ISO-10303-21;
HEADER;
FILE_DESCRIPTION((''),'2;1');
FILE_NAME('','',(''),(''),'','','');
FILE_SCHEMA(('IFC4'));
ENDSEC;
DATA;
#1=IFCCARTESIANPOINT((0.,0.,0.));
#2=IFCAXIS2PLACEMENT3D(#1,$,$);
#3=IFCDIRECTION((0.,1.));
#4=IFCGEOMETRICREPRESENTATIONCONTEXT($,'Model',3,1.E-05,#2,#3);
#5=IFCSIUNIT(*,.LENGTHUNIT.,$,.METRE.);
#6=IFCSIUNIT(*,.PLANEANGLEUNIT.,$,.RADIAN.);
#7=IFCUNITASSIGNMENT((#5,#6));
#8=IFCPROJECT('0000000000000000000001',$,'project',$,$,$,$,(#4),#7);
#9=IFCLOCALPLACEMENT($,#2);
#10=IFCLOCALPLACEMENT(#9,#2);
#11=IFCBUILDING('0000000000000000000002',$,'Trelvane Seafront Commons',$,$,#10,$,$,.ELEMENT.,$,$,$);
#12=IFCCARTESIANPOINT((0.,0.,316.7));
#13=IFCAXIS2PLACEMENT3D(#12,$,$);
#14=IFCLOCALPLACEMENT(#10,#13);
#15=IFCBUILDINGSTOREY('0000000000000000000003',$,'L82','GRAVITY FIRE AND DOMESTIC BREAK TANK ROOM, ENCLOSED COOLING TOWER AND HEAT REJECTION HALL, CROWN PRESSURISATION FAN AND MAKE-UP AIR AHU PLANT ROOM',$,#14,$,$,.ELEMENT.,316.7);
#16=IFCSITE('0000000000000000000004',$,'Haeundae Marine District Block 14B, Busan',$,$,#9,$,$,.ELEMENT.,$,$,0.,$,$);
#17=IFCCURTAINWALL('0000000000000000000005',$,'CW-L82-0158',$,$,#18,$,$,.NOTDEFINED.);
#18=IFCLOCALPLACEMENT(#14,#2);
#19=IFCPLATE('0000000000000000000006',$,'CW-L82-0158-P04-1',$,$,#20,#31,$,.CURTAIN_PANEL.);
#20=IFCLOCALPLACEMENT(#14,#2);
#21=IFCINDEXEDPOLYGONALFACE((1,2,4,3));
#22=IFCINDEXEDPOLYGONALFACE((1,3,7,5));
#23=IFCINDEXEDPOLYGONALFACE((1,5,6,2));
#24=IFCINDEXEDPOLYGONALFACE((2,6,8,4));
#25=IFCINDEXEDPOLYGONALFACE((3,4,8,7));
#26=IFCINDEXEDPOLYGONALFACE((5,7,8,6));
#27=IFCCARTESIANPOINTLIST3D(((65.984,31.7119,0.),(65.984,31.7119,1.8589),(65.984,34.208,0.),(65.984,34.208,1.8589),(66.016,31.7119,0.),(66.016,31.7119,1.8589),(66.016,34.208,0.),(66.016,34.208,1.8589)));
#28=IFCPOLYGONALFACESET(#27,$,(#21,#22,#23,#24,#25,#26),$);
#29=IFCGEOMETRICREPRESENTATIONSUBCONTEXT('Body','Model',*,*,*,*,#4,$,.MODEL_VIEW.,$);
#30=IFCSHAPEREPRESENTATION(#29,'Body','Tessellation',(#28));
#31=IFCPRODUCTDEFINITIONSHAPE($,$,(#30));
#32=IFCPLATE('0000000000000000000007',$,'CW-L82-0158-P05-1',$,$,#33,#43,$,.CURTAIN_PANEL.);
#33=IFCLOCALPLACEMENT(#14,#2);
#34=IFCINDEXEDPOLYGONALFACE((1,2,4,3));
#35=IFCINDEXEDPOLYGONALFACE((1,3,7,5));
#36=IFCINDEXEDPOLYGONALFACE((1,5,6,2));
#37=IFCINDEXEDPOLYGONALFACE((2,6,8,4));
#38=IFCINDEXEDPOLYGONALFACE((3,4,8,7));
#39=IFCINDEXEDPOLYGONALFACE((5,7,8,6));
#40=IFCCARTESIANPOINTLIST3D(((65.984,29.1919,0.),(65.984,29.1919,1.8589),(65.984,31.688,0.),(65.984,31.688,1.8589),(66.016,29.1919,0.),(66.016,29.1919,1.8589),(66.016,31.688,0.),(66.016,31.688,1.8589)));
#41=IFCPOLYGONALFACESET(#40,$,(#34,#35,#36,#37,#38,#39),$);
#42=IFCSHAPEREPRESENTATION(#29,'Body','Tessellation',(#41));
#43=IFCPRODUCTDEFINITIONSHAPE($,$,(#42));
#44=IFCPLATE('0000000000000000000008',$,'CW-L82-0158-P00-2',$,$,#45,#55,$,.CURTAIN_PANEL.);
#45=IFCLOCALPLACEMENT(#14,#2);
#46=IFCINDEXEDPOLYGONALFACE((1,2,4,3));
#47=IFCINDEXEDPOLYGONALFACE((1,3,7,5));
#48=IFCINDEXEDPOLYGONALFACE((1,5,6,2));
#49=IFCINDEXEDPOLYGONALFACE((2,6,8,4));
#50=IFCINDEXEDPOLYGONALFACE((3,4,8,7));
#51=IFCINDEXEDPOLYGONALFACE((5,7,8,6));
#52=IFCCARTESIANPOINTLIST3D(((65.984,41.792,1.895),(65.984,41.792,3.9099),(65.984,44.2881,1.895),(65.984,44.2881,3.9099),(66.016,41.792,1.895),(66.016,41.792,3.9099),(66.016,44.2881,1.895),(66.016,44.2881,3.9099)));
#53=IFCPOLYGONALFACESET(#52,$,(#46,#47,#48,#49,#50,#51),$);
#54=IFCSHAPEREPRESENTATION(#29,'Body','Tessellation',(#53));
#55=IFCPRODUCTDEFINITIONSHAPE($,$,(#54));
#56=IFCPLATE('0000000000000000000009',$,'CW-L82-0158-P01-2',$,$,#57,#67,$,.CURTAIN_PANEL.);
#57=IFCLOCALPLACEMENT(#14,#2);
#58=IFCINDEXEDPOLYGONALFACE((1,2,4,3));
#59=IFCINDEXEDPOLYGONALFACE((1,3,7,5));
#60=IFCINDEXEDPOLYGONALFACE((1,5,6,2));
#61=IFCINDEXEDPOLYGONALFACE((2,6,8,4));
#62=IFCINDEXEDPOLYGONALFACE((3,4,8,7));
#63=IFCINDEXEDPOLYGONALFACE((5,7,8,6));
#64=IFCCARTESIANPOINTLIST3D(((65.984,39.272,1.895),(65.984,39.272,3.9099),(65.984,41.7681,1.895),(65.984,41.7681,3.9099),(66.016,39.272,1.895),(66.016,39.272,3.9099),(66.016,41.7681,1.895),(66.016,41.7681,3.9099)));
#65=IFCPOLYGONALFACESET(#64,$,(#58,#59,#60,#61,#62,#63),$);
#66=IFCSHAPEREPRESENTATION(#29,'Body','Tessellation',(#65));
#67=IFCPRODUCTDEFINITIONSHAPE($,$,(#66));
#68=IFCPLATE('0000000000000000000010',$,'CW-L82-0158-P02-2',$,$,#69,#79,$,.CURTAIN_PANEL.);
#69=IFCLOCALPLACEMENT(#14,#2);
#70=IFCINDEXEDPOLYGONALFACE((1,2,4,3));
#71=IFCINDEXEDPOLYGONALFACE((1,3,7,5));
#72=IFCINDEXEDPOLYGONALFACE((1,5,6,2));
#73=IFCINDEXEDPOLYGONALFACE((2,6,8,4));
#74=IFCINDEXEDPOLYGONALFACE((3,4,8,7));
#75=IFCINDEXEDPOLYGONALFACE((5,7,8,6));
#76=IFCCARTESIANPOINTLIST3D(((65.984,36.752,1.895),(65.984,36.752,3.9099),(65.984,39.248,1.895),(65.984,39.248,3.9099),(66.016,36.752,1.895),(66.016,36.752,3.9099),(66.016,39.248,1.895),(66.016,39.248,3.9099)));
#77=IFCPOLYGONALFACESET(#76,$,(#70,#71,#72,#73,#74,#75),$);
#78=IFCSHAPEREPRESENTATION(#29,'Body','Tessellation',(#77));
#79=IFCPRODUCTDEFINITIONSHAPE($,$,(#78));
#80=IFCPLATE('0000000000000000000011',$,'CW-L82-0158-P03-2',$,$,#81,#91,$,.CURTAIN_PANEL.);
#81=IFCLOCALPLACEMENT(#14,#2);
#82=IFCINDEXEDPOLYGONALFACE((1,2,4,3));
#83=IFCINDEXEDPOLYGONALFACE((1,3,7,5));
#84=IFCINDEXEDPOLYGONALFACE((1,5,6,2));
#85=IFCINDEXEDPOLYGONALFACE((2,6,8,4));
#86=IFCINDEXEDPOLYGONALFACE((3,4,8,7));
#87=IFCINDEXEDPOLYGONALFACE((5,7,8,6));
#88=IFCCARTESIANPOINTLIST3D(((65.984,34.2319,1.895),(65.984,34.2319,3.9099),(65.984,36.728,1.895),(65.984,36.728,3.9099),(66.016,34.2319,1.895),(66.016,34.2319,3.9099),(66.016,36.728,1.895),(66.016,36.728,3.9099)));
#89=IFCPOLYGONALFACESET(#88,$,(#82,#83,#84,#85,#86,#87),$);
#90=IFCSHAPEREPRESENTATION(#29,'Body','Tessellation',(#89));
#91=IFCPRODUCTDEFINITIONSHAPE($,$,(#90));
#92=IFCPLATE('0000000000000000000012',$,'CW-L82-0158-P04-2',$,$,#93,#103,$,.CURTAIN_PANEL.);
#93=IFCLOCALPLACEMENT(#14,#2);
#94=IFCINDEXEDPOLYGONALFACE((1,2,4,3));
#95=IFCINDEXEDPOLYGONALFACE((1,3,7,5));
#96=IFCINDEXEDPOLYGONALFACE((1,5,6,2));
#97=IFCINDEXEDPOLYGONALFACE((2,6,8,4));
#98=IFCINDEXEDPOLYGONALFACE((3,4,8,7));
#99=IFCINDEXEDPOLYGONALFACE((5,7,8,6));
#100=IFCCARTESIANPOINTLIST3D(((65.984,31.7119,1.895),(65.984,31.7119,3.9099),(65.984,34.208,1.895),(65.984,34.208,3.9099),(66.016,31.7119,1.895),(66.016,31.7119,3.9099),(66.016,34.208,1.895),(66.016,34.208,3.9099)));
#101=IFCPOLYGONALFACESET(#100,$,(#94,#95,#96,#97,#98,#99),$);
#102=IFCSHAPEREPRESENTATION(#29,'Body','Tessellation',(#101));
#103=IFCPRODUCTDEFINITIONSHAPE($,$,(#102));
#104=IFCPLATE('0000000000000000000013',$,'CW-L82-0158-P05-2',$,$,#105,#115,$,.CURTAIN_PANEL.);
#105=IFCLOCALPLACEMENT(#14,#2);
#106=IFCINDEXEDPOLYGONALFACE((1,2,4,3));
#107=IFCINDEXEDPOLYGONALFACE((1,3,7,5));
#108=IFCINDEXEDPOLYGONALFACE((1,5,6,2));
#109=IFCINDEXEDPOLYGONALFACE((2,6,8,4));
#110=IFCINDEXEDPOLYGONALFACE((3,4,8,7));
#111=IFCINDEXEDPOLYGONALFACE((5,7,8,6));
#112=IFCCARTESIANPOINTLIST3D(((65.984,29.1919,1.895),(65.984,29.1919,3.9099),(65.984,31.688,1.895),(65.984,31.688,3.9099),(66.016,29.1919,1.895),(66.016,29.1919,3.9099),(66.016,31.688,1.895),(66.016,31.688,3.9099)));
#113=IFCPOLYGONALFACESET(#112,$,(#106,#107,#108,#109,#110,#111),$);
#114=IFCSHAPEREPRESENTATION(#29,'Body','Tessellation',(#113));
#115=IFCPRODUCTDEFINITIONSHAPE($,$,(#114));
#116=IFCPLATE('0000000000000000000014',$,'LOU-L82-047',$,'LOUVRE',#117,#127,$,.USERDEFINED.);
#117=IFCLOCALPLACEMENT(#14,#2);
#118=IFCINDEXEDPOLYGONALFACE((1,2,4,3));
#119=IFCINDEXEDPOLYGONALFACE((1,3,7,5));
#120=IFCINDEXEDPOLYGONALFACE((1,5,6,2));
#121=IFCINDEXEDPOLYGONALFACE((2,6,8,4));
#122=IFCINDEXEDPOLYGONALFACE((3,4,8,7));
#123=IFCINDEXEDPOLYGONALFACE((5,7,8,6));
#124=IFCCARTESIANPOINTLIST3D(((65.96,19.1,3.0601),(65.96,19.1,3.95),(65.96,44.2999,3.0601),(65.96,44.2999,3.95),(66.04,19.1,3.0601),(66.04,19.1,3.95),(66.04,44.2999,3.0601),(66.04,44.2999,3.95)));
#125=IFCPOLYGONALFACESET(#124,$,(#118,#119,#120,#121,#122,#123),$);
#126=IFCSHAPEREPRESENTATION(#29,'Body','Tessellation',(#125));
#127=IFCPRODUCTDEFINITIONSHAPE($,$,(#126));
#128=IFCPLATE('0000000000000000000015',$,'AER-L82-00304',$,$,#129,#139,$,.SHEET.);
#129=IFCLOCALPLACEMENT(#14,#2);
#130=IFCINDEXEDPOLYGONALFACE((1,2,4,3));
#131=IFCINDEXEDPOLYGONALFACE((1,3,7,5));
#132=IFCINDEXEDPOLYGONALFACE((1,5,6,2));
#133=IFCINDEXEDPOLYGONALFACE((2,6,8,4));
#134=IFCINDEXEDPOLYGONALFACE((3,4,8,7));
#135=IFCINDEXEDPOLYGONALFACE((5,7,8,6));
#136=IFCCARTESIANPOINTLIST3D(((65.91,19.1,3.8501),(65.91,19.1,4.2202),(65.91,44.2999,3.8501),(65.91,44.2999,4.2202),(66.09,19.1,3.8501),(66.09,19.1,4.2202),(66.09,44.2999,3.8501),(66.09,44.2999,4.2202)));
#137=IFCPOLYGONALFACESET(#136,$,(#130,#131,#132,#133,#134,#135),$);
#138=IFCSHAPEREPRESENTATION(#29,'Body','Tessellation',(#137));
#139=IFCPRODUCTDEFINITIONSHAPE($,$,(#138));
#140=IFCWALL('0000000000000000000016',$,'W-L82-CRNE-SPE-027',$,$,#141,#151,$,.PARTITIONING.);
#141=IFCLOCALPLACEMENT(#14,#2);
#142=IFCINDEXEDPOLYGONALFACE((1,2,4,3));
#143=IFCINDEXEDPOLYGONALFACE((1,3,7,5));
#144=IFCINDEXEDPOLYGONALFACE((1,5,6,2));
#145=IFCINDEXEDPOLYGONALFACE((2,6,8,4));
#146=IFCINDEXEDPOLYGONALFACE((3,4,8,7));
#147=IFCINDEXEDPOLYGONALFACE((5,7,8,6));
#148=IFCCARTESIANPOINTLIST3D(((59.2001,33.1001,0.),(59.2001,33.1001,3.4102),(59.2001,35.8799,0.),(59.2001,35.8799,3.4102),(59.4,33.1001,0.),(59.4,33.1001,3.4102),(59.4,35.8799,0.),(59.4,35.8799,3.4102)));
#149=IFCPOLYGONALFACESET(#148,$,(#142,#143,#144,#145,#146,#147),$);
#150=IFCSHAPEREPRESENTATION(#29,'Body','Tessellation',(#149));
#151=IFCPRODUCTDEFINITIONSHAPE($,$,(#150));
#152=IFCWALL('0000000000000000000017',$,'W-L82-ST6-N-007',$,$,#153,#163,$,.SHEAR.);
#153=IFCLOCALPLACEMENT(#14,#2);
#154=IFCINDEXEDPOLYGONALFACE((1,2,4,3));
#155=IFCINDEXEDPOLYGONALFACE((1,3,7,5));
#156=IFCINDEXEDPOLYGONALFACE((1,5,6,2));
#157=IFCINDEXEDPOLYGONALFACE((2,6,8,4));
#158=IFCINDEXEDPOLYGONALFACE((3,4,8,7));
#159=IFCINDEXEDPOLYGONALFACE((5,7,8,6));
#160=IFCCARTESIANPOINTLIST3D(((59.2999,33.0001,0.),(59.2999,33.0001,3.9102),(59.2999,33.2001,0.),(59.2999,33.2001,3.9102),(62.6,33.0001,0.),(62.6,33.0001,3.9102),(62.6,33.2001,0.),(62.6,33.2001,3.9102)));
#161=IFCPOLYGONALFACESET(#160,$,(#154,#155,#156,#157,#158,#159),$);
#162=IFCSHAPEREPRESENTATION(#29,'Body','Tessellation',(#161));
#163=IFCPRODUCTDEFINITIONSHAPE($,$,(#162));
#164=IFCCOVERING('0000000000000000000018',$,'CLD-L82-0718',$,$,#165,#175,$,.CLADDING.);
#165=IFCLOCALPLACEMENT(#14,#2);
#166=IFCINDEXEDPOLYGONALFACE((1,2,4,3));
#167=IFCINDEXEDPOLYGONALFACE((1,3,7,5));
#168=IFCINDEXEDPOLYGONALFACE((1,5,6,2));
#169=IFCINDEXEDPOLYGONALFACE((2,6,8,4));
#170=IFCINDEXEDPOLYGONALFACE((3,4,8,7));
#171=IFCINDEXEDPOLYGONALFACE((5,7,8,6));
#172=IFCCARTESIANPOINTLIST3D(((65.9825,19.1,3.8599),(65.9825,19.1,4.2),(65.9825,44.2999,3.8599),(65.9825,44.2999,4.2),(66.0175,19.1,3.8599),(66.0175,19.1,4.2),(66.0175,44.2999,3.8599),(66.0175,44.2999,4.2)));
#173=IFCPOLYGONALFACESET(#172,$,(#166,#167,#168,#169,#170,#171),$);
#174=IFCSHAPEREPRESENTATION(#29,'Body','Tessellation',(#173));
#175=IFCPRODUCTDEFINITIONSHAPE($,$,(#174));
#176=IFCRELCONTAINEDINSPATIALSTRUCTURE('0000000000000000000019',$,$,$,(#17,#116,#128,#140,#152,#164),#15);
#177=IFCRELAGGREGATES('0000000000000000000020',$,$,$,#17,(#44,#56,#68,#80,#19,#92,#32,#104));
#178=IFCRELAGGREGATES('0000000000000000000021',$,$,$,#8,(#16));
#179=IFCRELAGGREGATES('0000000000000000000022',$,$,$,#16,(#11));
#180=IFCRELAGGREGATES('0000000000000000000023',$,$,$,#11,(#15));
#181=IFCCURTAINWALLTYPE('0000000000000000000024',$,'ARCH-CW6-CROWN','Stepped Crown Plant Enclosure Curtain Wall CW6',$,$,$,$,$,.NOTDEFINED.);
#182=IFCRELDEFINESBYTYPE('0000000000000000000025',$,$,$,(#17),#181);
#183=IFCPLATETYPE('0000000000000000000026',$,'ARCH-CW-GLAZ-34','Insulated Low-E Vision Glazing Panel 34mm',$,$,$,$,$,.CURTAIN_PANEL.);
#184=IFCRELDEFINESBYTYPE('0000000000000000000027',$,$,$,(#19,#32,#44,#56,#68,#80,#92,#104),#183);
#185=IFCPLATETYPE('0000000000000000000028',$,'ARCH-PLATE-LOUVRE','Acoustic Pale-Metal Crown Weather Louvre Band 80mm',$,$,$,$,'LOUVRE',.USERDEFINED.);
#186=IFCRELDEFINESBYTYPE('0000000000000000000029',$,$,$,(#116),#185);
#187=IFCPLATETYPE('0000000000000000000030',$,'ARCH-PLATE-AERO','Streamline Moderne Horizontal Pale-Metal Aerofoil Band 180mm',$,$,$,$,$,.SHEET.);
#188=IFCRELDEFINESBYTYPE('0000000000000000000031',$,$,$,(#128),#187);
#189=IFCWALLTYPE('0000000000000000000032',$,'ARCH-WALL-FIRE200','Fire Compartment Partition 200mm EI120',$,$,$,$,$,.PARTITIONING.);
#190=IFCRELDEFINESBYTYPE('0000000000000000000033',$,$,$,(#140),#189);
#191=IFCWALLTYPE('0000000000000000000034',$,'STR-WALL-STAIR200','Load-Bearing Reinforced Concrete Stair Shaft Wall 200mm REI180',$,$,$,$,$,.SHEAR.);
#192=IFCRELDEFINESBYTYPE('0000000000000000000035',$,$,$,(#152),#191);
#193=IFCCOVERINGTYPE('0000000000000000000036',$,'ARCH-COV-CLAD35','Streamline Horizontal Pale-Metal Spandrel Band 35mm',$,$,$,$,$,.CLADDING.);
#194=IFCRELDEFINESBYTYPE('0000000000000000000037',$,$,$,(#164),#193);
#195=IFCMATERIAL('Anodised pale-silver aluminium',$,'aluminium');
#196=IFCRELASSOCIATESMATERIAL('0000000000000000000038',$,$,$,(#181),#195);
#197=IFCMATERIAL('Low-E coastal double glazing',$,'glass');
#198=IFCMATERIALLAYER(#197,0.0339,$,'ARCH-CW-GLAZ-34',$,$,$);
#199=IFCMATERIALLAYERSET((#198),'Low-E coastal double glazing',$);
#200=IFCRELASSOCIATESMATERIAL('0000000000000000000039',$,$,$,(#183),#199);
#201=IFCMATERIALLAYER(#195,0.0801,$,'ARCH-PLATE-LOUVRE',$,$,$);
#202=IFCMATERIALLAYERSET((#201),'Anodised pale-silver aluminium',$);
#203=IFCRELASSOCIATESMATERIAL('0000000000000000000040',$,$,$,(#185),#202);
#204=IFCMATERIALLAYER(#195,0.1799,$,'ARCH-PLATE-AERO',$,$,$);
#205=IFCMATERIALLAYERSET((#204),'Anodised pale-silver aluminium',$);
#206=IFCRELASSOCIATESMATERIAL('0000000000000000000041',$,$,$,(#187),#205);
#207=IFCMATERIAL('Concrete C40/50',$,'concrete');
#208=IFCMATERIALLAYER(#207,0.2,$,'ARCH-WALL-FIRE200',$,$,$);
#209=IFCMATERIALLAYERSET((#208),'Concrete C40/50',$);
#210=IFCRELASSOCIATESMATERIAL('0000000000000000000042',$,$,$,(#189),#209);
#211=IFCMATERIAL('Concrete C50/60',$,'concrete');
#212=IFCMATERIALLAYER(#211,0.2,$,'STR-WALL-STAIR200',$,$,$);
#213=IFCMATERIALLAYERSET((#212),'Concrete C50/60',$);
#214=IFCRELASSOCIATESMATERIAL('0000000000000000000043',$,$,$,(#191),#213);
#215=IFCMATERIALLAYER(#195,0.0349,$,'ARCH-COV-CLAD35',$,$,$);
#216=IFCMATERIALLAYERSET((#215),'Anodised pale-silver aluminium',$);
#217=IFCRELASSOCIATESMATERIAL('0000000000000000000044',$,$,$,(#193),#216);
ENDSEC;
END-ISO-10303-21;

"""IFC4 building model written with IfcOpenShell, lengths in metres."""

from ifc_helpers import new_model, si_unit, direction, frame, frame_2d, origin, origin_2d, place, context, subcontext, project, spatial, rectangle, extrude, source, transform, mapped, material, layer, layer_set, type_object, element, aggregate, save


model = new_model("IFC4")

# Units and contexts
model_context = context("Model", 3, precision=1e-05, world=origin(), true_north=direction((0.0, 1.0)))
body_context = subcontext(model_context, "Body", "Model", "MODEL_VIEW")
ifc_project = project(units=[si_unit("LENGTHUNIT", "METRE"), si_unit("PLANEANGLEUNIT", "RADIAN")], contexts=[model_context])

# Site, building, storey
site_placement = place(None, origin())
site = spatial("IfcSite", under=ifc_project, at=site_placement, Name="Haeundae Marine District Block 14B, Busan", CompositionType="ELEMENT", RefElevation=0.0)
building_placement = place(site_placement, origin())
building = spatial("IfcBuilding", under=site, at=building_placement, Name="Trelvane Seafront Commons", CompositionType="ELEMENT")
storey_placement = place(building_placement, frame((0.0, 0.0, 316.7)))
storey = spatial("IfcBuildingStorey", under=building, at=storey_placement, Name="L82", Description="GRAVITY FIRE AND DOMESTIC BREAK TANK ROOM, ENCLOSED COOLING TOWER AND HEAT REJECTION HALL, CROWN PRESSURISATION FAN AND MAKE-UP AIR AHU PLANT ROOM", CompositionType="ELEMENT", Elevation=316.7)

# Curtain wall, plates
ifc_material_1 = material(Name="Anodised pale-silver aluminium", Category="aluminium")
curtain_wall_type = type_object("IfcCurtainWallType", Name="ARCH-CW6-CROWN", Description="Stepped Crown Plant Enclosure Curtain Wall CW6", PredefinedType="NOTDEFINED", material=ifc_material_1)
curtain_wall_placement = place(storey_placement, origin())
curtain_wall = element("IfcCurtainWall", 1, at=curtain_wall_placement, inside=storey, type_object=curtain_wall_type, Name="CW-L82-0158", PredefinedType="NOTDEFINED")
ifc_material_2 = material(Name="Low-E coastal double glazing", Category="glass")
ifc_layer_1 = layer(ifc_material_2, 0.0339, Name="ARCH-CW-GLAZ-34")
ifc_layer_set_1 = layer_set([ifc_layer_1], Name="Low-E coastal double glazing")
plate_type_1 = type_object("IfcPlateType", Name="ARCH-CW-GLAZ-34", Description="Insulated Low-E Vision Glazing Panel 34mm", PredefinedType="CURTAIN_PANEL", material=ifc_layer_set_1)
shared_shape_1 = source(origin(), body_context, "Body", "SweptSolid", [
    extrude(rectangle(XDim=2.4961, YDim=0.032, at=origin_2d()), origin(), (0.0, 0.0, 1.0), 1.8589),
])
plate_1_placement = place(storey_placement, frame((66.0, 32.96, 0.0), z_axis=(0.0, 0.0, 1.0), x_axis=(0.0, -1.0, 0.0)))
plate_1 = element("IfcPlate", 2, at=plate_1_placement, type_object=plate_type_1, Name="CW-L82-0158-P04-1", PredefinedType="CURTAIN_PANEL", context=body_context, shape_type="MappedRepresentation", body=[
    mapped(shared_shape_1, transform((0.0, 0.0, 0.0), x_axis=(1.0, 0.0, 0.0), y_axis=(0.0, 1.0, 0.0), z_axis=(0.0, 0.0, 1.0), scale=1.0)),
])
plate_2_placement = place(storey_placement, frame((66.0, 30.4399, 0.0), z_axis=(0.0, 0.0, 1.0), x_axis=(0.0, -1.0, 0.0)))
plate_2 = element("IfcPlate", 3, at=plate_2_placement, type_object=plate_type_1, Name="CW-L82-0158-P05-1", PredefinedType="CURTAIN_PANEL", context=body_context, shape_type="MappedRepresentation", body=[
    mapped(shared_shape_1, transform((0.0, 0.0, 0.0), x_axis=(1.0, 0.0, 0.0), y_axis=(0.0, 1.0, 0.0), z_axis=(0.0, 0.0, 1.0), scale=1.0)),
])
shared_shape_2 = source(origin(), body_context, "Body", "SweptSolid", [
    extrude(rectangle(XDim=2.4961, YDim=0.032, at=origin_2d()), origin(), (0.0, 0.0, 1.0), 2.0149),
])
plate_3_placement = place(storey_placement, frame((66.0, 43.04, 1.895), z_axis=(0.0, 0.0, 1.0), x_axis=(0.0, -1.0, 0.0)))
plate_3 = element("IfcPlate", 4, at=plate_3_placement, type_object=plate_type_1, Name="CW-L82-0158-P00-2", PredefinedType="CURTAIN_PANEL", context=body_context, shape_type="MappedRepresentation", body=[
    mapped(shared_shape_2, transform((0.0, 0.0, 0.0), x_axis=(1.0, 0.0, 0.0), y_axis=(0.0, 1.0, 0.0), z_axis=(0.0, 0.0, 1.0), scale=1.0)),
])
plate_4_placement = place(storey_placement, frame((66.0, 40.52, 1.895), z_axis=(0.0, 0.0, 1.0), x_axis=(0.0, -1.0, 0.0)))
plate_4 = element("IfcPlate", 5, at=plate_4_placement, type_object=plate_type_1, Name="CW-L82-0158-P01-2", PredefinedType="CURTAIN_PANEL", context=body_context, shape_type="MappedRepresentation", body=[
    mapped(shared_shape_2, transform((0.0, 0.0, 0.0), x_axis=(1.0, 0.0, 0.0), y_axis=(0.0, 1.0, 0.0), z_axis=(0.0, 0.0, 1.0), scale=1.0)),
])
plate_5_placement = place(storey_placement, frame((66.0, 38.0, 1.895), z_axis=(0.0, 0.0, 1.0), x_axis=(0.0, -1.0, 0.0)))
plate_5 = element("IfcPlate", 6, at=plate_5_placement, type_object=plate_type_1, Name="CW-L82-0158-P02-2", PredefinedType="CURTAIN_PANEL", context=body_context, shape_type="MappedRepresentation", body=[
    mapped(shared_shape_2, transform((0.0, 0.0, 0.0), x_axis=(1.0, 0.0, 0.0), y_axis=(0.0, 1.0, 0.0), z_axis=(0.0, 0.0, 1.0), scale=1.0)),
])
plate_6_placement = place(storey_placement, frame((66.0, 35.48, 1.895), z_axis=(0.0, 0.0, 1.0), x_axis=(0.0, -1.0, 0.0)))
plate_6 = element("IfcPlate", 7, at=plate_6_placement, type_object=plate_type_1, Name="CW-L82-0158-P03-2", PredefinedType="CURTAIN_PANEL", context=body_context, shape_type="MappedRepresentation", body=[
    mapped(shared_shape_2, transform((0.0, 0.0, 0.0), x_axis=(1.0, 0.0, 0.0), y_axis=(0.0, 1.0, 0.0), z_axis=(0.0, 0.0, 1.0), scale=1.0)),
])
plate_7_placement = place(storey_placement, frame((66.0, 32.96, 1.895), z_axis=(0.0, 0.0, 1.0), x_axis=(0.0, -1.0, 0.0)))
plate_7 = element("IfcPlate", 8, at=plate_7_placement, type_object=plate_type_1, Name="CW-L82-0158-P04-2", PredefinedType="CURTAIN_PANEL", context=body_context, shape_type="MappedRepresentation", body=[
    mapped(shared_shape_2, transform((0.0, 0.0, 0.0), x_axis=(1.0, 0.0, 0.0), y_axis=(0.0, 1.0, 0.0), z_axis=(0.0, 0.0, 1.0), scale=1.0)),
])
plate_8_placement = place(storey_placement, frame((66.0, 30.4399, 1.895), z_axis=(0.0, 0.0, 1.0), x_axis=(0.0, -1.0, 0.0)))
plate_8 = element("IfcPlate", 9, at=plate_8_placement, type_object=plate_type_1, Name="CW-L82-0158-P05-2", PredefinedType="CURTAIN_PANEL", context=body_context, shape_type="MappedRepresentation", body=[
    mapped(shared_shape_2, transform((0.0, 0.0, 0.0), x_axis=(1.0, 0.0, 0.0), y_axis=(0.0, 1.0, 0.0), z_axis=(0.0, 0.0, 1.0), scale=1.0)),
])
aggregate(curtain_wall, [plate_3, plate_4, plate_5, plate_6, plate_1, plate_7, plate_2, plate_8])

# Plates
ifc_layer_2 = layer(ifc_material_1, 0.0801, Name="ARCH-PLATE-LOUVRE")
ifc_layer_set_2 = layer_set([ifc_layer_2], Name="Anodised pale-silver aluminium")
plate_type_2 = type_object("IfcPlateType", Name="ARCH-PLATE-LOUVRE", Description="Acoustic Pale-Metal Crown Weather Louvre Band 80mm", ElementType="LOUVRE", PredefinedType="USERDEFINED", material=ifc_layer_set_2)
shared_shape_3 = source(origin(), body_context, "Body", "SweptSolid", [
    extrude(rectangle(XDim=25.2, YDim=0.0801, at=origin_2d()), origin(), (0.0, 0.0, 1.0), 0.8899),
])
plate_9_placement = place(storey_placement, frame((66.0, 31.7, 3.0601), z_axis=(0.0, 0.0, 1.0), x_axis=(0.0, -1.0, 0.0)))
element("IfcPlate", 10, at=plate_9_placement, inside=storey, type_object=plate_type_2, Name="LOU-L82-047", ObjectType="LOUVRE", PredefinedType="USERDEFINED", context=body_context, shape_type="MappedRepresentation", body=[
    mapped(shared_shape_3, transform((0.0, 0.0, 0.0), x_axis=(1.0, 0.0, 0.0), y_axis=(0.0, 1.0, 0.0), z_axis=(0.0, 0.0, 1.0), scale=1.0)),
])
ifc_layer_3 = layer(ifc_material_1, 0.1799, Name="ARCH-PLATE-AERO")
ifc_layer_set_3 = layer_set([ifc_layer_3], Name="Anodised pale-silver aluminium")
plate_type_3 = type_object("IfcPlateType", Name="ARCH-PLATE-AERO", Description="Streamline Moderne Horizontal Pale-Metal Aerofoil Band 180mm", PredefinedType="SHEET", material=ifc_layer_set_3)
shared_shape_4 = source(origin(), body_context, "Body", "SweptSolid", [
    extrude(rectangle(XDim=25.2, YDim=0.1799, at=origin_2d()), origin(), (0.0, 0.0, 1.0), 0.3701),
])
plate_10_placement = place(storey_placement, frame((66.0, 31.7, 3.8501), z_axis=(0.0, 0.0, 1.0), x_axis=(0.0, -1.0, 0.0)))
element("IfcPlate", 11, at=plate_10_placement, inside=storey, type_object=plate_type_3, Name="AER-L82-00304", PredefinedType="SHEET", context=body_context, shape_type="MappedRepresentation", body=[
    mapped(shared_shape_4, transform((0.0, 0.0, 0.0), x_axis=(1.0, 0.0, 0.0), y_axis=(0.0, 1.0, 0.0), z_axis=(0.0, 0.0, 1.0), scale=1.0)),
])

# Walls
ifc_material_3 = material(Name="Concrete C40/50", Category="concrete")
ifc_layer_4 = layer(ifc_material_3, 0.2, Name="ARCH-WALL-FIRE200")
ifc_layer_set_4 = layer_set([ifc_layer_4], Name="Concrete C40/50")
wall_type_1 = type_object("IfcWallType", Name="ARCH-WALL-FIRE200", Description="Fire Compartment Partition 200mm EI120", PredefinedType="PARTITIONING", material=ifc_layer_set_4)
wall_1_placement = place(storey_placement, frame((59.3, 33.1001, 0.0), z_axis=(0.0, 0.0, 1.0), x_axis=(0.0, 1.0, 0.0)))
element("IfcWall", 12, at=wall_1_placement, inside=storey, type_object=wall_type_1, Name="W-L82-CRNE-SPE-027", PredefinedType="PARTITIONING", context=body_context, shape_type="SweptSolid", body=[
    extrude(rectangle(XDim=2.7798, YDim=0.2, at=frame_2d((1.3899, 0.0))), origin(), (0.0, 0.0, 1.0), 3.4102),
])
ifc_material_4 = material(Name="Concrete C50/60", Category="concrete")
ifc_layer_5 = layer(ifc_material_4, 0.2, Name="STR-WALL-STAIR200")
ifc_layer_set_5 = layer_set([ifc_layer_5], Name="Concrete C50/60")
wall_type_2 = type_object("IfcWallType", Name="STR-WALL-STAIR200", Description="Load-Bearing Reinforced Concrete Stair Shaft Wall 200mm REI180", PredefinedType="SHEAR", material=ifc_layer_set_5)
wall_2_placement = place(storey_placement, frame((59.3, 33.1001, 0.0), z_axis=(0.0, 0.0, 1.0), x_axis=(1.0, 0.0, 0.0)))
element("IfcWall", 13, at=wall_2_placement, inside=storey, type_object=wall_type_2, Name="W-L82-ST6-N-007", PredefinedType="SHEAR", context=body_context, shape_type="SweptSolid", body=[
    extrude(rectangle(XDim=3.3, YDim=0.2, at=frame_2d((1.6499, 0.0))), origin(), (0.0, 0.0, 1.0), 3.9102),
])

# Covering
ifc_layer_6 = layer(ifc_material_1, 0.0349, Name="ARCH-COV-CLAD35")
ifc_layer_set_6 = layer_set([ifc_layer_6], Name="Anodised pale-silver aluminium")
covering_type = type_object("IfcCoveringType", Name="ARCH-COV-CLAD35", Description="Streamline Horizontal Pale-Metal Spandrel Band 35mm", PredefinedType="CLADDING", material=ifc_layer_set_6)
shared_shape_5 = source(origin(), body_context, "Body", "SweptSolid", [
    extrude(rectangle(XDim=25.2, YDim=0.0349, at=origin_2d()), origin(), (0.0, 0.0, 1.0), 0.3401),
])
covering_placement = place(storey_placement, frame((66.0, 31.7, 3.8599), z_axis=(0.0, 0.0, 1.0), x_axis=(0.0, -1.0, 0.0)))
element("IfcCovering", 14, at=covering_placement, inside=storey, type_object=covering_type, Name="CLD-L82-0718", PredefinedType="CLADDING", context=body_context, shape_type="MappedRepresentation", body=[
    mapped(shared_shape_5, transform((0.0, 0.0, 0.0), x_axis=(1.0, 0.0, 0.0), y_axis=(0.0, 1.0, 0.0), z_axis=(0.0, 0.0, 1.0), scale=1.0)),
])

save(model, "model.ifc")
